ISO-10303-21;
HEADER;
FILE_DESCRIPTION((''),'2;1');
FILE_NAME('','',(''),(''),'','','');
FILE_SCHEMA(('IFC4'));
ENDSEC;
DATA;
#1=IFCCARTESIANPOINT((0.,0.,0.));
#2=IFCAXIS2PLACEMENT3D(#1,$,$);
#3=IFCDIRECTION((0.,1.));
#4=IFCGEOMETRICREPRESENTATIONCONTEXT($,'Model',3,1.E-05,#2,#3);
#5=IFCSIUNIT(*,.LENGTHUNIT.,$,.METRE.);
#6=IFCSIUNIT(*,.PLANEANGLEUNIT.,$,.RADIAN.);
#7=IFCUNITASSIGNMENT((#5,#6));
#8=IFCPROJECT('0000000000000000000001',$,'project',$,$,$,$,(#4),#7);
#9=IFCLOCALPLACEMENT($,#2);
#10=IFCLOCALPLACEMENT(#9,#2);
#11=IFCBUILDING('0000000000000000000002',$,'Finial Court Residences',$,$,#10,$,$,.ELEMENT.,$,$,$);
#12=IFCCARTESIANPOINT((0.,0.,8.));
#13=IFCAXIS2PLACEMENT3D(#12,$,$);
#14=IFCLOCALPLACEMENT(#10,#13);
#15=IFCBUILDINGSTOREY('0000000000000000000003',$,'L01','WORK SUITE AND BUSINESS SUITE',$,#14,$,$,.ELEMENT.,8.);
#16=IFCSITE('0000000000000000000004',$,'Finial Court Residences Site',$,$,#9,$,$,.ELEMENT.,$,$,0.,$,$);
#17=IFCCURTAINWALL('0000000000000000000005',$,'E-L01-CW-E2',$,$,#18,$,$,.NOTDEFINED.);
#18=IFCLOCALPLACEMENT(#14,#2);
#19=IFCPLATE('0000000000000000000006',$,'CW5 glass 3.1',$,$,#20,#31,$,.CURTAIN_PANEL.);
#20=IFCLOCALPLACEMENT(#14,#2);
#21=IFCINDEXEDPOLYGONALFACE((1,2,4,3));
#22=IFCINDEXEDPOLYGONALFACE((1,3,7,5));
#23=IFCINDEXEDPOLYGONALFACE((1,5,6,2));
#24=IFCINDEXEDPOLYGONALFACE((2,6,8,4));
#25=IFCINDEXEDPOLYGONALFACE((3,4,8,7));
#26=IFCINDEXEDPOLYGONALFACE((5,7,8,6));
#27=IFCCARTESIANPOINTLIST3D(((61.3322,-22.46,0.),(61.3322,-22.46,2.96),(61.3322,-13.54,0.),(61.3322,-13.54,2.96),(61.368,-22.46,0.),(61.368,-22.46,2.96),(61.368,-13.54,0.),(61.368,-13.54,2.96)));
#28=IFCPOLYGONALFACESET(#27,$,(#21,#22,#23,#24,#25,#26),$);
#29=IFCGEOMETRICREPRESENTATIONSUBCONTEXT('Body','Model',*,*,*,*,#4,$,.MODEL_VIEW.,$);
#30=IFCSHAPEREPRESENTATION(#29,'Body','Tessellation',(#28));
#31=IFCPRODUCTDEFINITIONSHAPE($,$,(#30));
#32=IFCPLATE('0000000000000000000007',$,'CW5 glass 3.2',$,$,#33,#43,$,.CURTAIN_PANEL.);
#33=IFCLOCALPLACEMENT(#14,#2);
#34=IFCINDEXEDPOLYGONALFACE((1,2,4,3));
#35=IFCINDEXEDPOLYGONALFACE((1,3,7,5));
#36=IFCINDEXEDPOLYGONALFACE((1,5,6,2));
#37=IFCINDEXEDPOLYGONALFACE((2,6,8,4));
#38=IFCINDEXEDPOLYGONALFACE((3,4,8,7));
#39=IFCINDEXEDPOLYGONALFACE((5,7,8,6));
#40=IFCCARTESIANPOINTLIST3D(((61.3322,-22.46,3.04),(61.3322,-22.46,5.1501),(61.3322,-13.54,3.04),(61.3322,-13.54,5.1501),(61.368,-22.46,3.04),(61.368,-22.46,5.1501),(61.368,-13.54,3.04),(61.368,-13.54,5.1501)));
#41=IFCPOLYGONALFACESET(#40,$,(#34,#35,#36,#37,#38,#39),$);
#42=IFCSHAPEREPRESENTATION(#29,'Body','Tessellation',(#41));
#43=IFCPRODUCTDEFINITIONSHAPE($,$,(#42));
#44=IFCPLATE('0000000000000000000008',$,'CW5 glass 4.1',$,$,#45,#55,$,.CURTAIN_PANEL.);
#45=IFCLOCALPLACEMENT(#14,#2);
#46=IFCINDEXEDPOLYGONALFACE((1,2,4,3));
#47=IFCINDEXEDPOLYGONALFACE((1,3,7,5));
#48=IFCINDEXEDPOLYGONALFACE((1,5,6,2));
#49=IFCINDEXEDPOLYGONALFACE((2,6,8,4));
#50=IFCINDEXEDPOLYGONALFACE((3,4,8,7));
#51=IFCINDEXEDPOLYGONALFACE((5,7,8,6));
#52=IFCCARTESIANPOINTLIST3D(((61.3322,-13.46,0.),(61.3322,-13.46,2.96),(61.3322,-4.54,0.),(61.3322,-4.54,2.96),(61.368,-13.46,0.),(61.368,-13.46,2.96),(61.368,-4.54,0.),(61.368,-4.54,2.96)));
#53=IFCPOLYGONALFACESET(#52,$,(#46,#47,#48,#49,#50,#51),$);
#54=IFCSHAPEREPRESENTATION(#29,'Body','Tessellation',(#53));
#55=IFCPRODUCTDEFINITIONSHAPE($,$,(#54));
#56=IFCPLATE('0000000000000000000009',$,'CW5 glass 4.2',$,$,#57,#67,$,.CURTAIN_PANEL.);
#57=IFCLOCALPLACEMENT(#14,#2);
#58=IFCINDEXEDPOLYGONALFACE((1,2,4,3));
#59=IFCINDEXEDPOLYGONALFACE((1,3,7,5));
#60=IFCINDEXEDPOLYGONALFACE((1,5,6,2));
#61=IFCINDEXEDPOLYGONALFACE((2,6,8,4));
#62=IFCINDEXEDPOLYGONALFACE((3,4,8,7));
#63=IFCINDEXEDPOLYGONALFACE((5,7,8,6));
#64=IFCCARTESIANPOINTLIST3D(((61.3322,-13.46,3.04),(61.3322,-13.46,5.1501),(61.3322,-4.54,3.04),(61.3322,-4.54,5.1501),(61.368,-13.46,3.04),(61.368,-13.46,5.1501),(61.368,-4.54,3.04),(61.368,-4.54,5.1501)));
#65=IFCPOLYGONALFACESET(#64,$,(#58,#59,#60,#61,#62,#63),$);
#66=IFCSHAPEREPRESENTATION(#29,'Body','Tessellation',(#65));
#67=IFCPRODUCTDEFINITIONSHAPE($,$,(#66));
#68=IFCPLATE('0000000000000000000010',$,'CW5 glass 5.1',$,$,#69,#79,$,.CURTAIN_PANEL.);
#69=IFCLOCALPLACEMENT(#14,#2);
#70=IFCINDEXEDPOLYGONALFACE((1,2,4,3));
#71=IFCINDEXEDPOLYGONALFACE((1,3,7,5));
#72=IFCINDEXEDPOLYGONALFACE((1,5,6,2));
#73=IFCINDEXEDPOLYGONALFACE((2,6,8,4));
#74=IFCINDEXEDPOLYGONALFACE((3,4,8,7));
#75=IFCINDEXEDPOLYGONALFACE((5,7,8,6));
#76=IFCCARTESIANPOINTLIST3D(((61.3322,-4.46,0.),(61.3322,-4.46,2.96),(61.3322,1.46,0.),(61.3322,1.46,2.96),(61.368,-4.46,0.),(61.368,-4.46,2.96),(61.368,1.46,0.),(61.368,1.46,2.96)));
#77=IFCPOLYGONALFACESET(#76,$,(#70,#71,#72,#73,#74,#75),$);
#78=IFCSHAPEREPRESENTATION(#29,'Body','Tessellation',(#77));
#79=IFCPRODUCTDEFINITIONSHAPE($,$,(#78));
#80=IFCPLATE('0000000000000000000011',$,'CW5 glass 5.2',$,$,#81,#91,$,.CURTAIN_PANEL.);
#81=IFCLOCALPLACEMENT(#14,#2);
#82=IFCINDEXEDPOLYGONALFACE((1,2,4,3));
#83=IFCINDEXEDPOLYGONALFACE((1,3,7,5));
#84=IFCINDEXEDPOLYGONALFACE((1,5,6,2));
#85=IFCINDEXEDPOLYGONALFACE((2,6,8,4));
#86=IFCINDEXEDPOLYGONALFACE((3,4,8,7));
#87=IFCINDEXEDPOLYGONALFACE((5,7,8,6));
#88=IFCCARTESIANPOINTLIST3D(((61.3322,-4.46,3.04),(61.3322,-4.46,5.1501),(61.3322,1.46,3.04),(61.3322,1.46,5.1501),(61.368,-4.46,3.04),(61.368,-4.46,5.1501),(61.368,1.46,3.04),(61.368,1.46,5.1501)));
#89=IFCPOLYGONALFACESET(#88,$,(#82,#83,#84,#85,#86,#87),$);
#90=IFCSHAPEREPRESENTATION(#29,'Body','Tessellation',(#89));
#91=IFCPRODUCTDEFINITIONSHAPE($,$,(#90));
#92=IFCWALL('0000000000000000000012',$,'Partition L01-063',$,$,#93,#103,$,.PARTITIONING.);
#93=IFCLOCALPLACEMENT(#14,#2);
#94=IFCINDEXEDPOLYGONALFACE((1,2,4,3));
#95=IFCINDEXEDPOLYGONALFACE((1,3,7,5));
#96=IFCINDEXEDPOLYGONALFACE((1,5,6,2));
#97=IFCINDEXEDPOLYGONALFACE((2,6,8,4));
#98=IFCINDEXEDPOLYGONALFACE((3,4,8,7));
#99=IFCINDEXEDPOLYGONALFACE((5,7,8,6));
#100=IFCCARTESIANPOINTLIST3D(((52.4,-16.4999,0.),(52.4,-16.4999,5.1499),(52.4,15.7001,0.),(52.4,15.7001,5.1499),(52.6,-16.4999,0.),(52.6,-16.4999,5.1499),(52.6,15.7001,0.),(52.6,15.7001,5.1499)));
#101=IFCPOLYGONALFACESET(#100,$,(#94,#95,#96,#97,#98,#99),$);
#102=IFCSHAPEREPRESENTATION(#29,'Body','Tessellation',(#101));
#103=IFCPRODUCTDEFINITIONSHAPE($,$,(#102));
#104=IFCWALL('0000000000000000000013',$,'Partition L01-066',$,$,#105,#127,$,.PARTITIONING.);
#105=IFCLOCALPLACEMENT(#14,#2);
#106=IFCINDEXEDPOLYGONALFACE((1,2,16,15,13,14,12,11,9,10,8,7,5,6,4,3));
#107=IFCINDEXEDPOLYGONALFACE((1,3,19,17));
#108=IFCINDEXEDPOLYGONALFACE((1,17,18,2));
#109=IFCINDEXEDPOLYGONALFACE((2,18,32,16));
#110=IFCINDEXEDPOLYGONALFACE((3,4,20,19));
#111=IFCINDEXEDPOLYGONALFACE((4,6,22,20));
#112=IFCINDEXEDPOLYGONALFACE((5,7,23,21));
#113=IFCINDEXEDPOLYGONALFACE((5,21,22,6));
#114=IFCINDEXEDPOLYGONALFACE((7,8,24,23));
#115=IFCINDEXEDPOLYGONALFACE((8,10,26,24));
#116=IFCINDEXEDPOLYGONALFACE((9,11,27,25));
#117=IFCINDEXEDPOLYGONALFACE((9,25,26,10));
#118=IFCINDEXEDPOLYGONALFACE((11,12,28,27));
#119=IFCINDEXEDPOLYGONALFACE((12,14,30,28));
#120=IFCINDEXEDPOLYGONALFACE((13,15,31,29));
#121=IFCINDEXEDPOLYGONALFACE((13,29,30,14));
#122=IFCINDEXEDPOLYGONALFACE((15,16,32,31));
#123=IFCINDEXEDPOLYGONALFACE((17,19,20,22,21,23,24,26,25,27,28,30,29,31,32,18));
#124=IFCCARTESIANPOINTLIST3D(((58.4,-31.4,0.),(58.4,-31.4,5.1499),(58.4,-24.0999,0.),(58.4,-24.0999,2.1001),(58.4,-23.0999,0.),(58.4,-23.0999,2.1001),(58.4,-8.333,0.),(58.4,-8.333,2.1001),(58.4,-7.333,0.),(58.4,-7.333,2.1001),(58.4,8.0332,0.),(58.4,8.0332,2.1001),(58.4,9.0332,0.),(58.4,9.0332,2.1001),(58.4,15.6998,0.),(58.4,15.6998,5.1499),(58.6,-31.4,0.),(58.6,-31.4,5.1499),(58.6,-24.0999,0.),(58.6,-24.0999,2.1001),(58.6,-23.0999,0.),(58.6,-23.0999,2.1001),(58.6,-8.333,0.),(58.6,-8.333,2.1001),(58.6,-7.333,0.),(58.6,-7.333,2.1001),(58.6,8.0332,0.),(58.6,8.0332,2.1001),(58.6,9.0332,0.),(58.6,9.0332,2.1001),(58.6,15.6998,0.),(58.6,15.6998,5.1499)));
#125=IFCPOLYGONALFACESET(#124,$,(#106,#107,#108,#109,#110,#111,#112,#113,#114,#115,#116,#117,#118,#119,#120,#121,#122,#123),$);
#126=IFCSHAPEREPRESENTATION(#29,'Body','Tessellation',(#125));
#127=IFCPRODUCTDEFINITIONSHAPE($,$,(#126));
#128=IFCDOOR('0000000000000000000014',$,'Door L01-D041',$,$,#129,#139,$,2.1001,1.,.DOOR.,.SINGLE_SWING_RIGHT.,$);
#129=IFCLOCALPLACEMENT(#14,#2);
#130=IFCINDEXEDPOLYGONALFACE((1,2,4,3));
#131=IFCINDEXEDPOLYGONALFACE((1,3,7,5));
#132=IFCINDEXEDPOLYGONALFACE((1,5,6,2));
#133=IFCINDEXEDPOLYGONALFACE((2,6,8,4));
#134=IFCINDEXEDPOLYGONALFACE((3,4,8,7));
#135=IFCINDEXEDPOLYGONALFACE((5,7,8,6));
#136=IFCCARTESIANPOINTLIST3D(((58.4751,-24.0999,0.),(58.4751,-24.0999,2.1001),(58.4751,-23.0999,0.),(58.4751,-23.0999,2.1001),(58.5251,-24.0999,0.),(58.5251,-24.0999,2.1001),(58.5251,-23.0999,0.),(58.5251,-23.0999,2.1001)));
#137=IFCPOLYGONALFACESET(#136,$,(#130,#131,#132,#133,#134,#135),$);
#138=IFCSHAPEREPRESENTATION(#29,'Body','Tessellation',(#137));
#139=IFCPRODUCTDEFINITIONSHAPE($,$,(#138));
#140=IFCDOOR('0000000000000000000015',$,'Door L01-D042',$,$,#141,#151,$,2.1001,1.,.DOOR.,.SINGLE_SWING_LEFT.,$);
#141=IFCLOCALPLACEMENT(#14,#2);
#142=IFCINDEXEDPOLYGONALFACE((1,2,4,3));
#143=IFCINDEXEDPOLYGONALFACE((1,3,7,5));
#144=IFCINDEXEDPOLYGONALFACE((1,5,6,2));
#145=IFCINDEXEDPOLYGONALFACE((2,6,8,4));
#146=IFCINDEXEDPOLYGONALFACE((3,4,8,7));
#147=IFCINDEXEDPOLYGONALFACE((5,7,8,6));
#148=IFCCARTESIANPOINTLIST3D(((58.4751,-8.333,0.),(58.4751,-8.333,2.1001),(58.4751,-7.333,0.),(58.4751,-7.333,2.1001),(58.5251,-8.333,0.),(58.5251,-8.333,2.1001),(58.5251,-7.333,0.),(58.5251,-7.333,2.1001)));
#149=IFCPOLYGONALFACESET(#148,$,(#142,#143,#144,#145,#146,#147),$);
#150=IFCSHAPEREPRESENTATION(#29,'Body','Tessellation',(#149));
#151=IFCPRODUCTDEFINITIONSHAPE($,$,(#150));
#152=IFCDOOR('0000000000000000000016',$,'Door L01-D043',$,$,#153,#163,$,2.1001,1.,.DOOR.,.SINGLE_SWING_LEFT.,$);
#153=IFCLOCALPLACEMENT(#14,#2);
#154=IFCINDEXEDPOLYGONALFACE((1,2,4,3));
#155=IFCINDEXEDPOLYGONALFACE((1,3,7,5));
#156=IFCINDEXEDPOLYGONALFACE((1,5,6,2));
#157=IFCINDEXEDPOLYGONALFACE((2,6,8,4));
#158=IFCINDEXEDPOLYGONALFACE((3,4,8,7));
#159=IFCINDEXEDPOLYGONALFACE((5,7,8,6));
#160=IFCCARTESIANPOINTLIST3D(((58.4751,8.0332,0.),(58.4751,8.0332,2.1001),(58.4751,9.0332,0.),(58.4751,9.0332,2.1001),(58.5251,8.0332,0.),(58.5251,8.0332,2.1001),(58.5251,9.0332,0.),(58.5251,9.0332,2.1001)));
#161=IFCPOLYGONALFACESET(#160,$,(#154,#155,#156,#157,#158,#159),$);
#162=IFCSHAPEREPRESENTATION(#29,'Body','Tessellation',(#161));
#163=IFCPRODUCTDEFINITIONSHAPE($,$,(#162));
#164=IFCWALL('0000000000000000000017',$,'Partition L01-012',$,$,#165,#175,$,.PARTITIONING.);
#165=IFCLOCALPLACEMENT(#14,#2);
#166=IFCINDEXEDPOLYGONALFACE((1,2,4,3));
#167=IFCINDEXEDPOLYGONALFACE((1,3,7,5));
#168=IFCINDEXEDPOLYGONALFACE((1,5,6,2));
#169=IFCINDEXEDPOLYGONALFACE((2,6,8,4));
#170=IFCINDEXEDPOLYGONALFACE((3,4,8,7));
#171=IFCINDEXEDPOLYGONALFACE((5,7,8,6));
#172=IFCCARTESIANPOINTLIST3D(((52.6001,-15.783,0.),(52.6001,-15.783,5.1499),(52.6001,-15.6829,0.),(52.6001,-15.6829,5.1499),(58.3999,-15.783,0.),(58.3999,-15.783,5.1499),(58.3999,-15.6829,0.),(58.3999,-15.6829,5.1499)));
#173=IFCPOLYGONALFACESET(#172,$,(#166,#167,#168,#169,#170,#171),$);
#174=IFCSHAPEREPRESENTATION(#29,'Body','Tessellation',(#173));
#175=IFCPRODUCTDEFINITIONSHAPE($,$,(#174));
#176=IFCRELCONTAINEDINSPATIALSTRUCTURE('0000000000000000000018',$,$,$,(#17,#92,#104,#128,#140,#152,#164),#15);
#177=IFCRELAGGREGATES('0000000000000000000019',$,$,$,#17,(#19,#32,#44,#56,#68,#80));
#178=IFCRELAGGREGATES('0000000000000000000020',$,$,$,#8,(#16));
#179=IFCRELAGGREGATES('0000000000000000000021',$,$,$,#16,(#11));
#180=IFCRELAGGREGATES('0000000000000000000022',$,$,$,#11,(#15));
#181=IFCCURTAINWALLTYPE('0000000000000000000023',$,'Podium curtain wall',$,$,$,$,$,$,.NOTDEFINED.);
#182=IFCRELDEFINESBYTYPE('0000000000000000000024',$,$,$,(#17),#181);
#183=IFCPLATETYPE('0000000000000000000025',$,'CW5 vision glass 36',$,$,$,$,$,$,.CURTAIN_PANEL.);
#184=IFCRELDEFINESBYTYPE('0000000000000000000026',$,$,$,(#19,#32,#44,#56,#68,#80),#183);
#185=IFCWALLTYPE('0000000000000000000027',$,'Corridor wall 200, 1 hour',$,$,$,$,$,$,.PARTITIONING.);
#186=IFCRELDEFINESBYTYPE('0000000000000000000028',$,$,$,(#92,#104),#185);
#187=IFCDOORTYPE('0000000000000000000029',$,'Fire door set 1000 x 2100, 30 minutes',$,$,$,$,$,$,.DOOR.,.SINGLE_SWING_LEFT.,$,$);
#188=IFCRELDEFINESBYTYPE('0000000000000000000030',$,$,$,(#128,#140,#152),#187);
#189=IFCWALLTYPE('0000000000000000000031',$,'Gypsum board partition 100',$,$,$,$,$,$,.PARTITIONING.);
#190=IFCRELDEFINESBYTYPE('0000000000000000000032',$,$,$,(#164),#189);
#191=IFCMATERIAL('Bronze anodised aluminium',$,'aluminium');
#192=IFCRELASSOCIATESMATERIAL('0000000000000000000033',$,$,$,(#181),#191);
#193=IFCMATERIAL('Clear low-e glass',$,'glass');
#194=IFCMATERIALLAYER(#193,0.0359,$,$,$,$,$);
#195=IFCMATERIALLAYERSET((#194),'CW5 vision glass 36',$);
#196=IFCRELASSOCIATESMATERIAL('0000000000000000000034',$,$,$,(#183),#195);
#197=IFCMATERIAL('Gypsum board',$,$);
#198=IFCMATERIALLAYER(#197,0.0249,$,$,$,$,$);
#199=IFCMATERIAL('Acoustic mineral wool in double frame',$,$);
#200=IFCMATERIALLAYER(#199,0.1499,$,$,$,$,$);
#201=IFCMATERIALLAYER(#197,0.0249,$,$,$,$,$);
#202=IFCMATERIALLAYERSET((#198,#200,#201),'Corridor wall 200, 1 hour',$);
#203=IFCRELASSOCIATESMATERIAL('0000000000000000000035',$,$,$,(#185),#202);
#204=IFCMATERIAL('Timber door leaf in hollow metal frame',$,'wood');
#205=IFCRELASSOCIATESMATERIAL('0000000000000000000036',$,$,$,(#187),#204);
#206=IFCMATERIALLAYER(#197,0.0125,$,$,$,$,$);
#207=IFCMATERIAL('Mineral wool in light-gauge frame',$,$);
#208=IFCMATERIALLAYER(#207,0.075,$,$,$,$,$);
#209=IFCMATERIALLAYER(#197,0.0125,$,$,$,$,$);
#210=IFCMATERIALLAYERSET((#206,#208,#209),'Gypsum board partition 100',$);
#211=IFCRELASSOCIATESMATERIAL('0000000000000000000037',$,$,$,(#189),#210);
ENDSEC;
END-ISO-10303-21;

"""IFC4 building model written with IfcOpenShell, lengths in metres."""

from ifc_helpers import new_model, si_unit, direction, frame, frame_2d, origin, origin_2d, place, context, subcontext, project, spatial, rectangle, extrude, material, layer, layer_set, type_object, element, fill, aggregate, save


model = new_model("IFC4")

# Units and contexts
model_context = context("Model", 3, precision=1e-05, world=origin(), true_north=direction((0.0, 1.0)))
body_context = subcontext(model_context, "Body", "Model", "MODEL_VIEW")
ifc_project = project(units=[si_unit("LENGTHUNIT", "METRE"), si_unit("PLANEANGLEUNIT", "RADIAN")], contexts=[model_context])

# Site, building, storey
site_placement = place(None, origin())
site = spatial("IfcSite", under=ifc_project, at=site_placement, Name="Finial Court Residences Site", CompositionType="ELEMENT", RefElevation=0.0)
building_placement = place(site_placement, origin())
building = spatial("IfcBuilding", under=site, at=building_placement, Name="Finial Court Residences", CompositionType="ELEMENT")
storey_placement = place(building_placement, frame((0.0, 0.0, 8.0)))
storey = spatial("IfcBuildingStorey", under=building, at=storey_placement, Name="L01", Description="WORK SUITE AND BUSINESS SUITE", CompositionType="ELEMENT", Elevation=8.0)

# Curtain wall, plates
ifc_material_1 = material(Name="Bronze anodised aluminium", Category="aluminium")
curtain_wall_type = type_object("IfcCurtainWallType", Name="Podium curtain wall", PredefinedType="NOTDEFINED", material=ifc_material_1)
curtain_wall_placement = place(storey_placement, origin())
curtain_wall = element("IfcCurtainWall", 1, at=curtain_wall_placement, inside=storey, type_object=curtain_wall_type, Name="E-L01-CW-E2", PredefinedType="NOTDEFINED")
ifc_material_2 = material(Name="Clear low-e glass", Category="glass")
ifc_layer_1 = layer(ifc_material_2, 0.0359)
ifc_layer_set_1 = layer_set([ifc_layer_1], Name="CW5 vision glass 36")
plate_type = type_object("IfcPlateType", Name="CW5 vision glass 36", PredefinedType="CURTAIN_PANEL", material=ifc_layer_set_1)
plate_1_placement = place(storey_placement, frame((61.3501, -18.0, 0.0), z_axis=(0.0, 0.0, 1.0), x_axis=(0.0, 1.0, 0.0)))
plate_1 = element("IfcPlate", 2, at=plate_1_placement, type_object=plate_type, Name="CW5 glass 3.1", PredefinedType="CURTAIN_PANEL", context=body_context, shape_type="SweptSolid", body=[
    extrude(rectangle(XDim=8.9199, YDim=0.0359, at=origin_2d()), origin(), (0.0, 0.0, 1.0), 2.96),
])
plate_2_placement = place(storey_placement, frame((61.3501, -18.0, 3.04), z_axis=(0.0, 0.0, 1.0), x_axis=(0.0, 1.0, 0.0)))
plate_2 = element("IfcPlate", 3, at=plate_2_placement, type_object=plate_type, Name="CW5 glass 3.2", PredefinedType="CURTAIN_PANEL", context=body_context, shape_type="SweptSolid", body=[
    extrude(rectangle(XDim=8.9199, YDim=0.0359, at=origin_2d()), origin(), (0.0, 0.0, 1.0), 2.1101),
])
plate_3_placement = place(storey_placement, frame((61.3501, -9.0, 0.0), z_axis=(0.0, 0.0, 1.0), x_axis=(0.0, 1.0, 0.0)))
plate_3 = element("IfcPlate", 4, at=plate_3_placement, type_object=plate_type, Name="CW5 glass 4.1", PredefinedType="CURTAIN_PANEL", context=body_context, shape_type="SweptSolid", body=[
    extrude(rectangle(XDim=8.9199, YDim=0.0359, at=origin_2d()), origin(), (0.0, 0.0, 1.0), 2.96),
])
plate_4_placement = place(storey_placement, frame((61.3501, -9.0, 3.04), z_axis=(0.0, 0.0, 1.0), x_axis=(0.0, 1.0, 0.0)))
plate_4 = element("IfcPlate", 5, at=plate_4_placement, type_object=plate_type, Name="CW5 glass 4.2", PredefinedType="CURTAIN_PANEL", context=body_context, shape_type="SweptSolid", body=[
    extrude(rectangle(XDim=8.9199, YDim=0.0359, at=origin_2d()), origin(), (0.0, 0.0, 1.0), 2.1101),
])
plate_5_placement = place(storey_placement, frame((61.3501, -1.5, 0.0), z_axis=(0.0, 0.0, 1.0), x_axis=(0.0, 1.0, 0.0)))
plate_5 = element("IfcPlate", 6, at=plate_5_placement, type_object=plate_type, Name="CW5 glass 5.1", PredefinedType="CURTAIN_PANEL", context=body_context, shape_type="SweptSolid", body=[
    extrude(rectangle(XDim=5.9199, YDim=0.0359, at=origin_2d()), origin(), (0.0, 0.0, 1.0), 2.96),
])
plate_6_placement = place(storey_placement, frame((61.3501, -1.5, 3.04), z_axis=(0.0, 0.0, 1.0), x_axis=(0.0, 1.0, 0.0)))
plate_6 = element("IfcPlate", 7, at=plate_6_placement, type_object=plate_type, Name="CW5 glass 5.2", PredefinedType="CURTAIN_PANEL", context=body_context, shape_type="SweptSolid", body=[
    extrude(rectangle(XDim=5.9199, YDim=0.0359, at=origin_2d()), origin(), (0.0, 0.0, 1.0), 2.1101),
])
aggregate(curtain_wall, [plate_1, plate_2, plate_3, plate_4, plate_5, plate_6])

# Wall
ifc_material_3 = material(Name="Gypsum board")
ifc_layer_2 = layer(ifc_material_3, 0.0249)
ifc_material_4 = material(Name="Acoustic mineral wool in double frame")
ifc_layer_3 = layer(ifc_material_4, 0.1499)
ifc_layer_4 = layer(ifc_material_3, 0.0249)
ifc_layer_set_2 = layer_set([ifc_layer_2, ifc_layer_3, ifc_layer_4], Name="Corridor wall 200, 1 hour")
wall_type_1 = type_object("IfcWallType", Name="Corridor wall 200, 1 hour", PredefinedType="PARTITIONING", material=ifc_layer_set_2)
wall_1_placement = place(storey_placement, frame((52.5, -16.5, 0.0), z_axis=(0.0, 0.0, 1.0), x_axis=(0.0, 1.0, 0.0)))
element("IfcWall", 8, at=wall_1_placement, inside=storey, type_object=wall_type_1, Name="Partition L01-063", PredefinedType="PARTITIONING", context=body_context, shape_type="SweptSolid", body=[
    extrude(rectangle(XDim=32.2, YDim=0.2, at=frame_2d((16.1001, 0.0))), origin(), (0.0, 0.0, 1.0), 5.1499),
])

# Wall, openings, doors
wall_2_placement = place(storey_placement, frame((58.5, -31.3999, 0.0), z_axis=(0.0, 0.0, 1.0), x_axis=(0.0, 1.0, 0.0)))
wall_2 = element("IfcWall", 9, at=wall_2_placement, inside=storey, type_object=wall_type_1, Name="Partition L01-066", PredefinedType="PARTITIONING", context=body_context, shape_type="SweptSolid", body=[
    extrude(rectangle(XDim=47.0999, YDim=0.2, at=frame_2d((23.5498, 0.0))), origin(), (0.0, 0.0, 1.0), 5.1499),
])
opening_1_placement = place(wall_2_placement, frame((7.3, 0.0, 0.0)))
opening_1 = element("IfcOpeningElement", 10, at=opening_1_placement, cuts=wall_2, PredefinedType="OPENING", context=body_context, shape_type="SweptSolid", body=[
    extrude(rectangle(XDim=1.0, YDim=2.1001, at=frame_2d((0.5, 1.05))), frame((0.0, 0.1099, 0.0), z_axis=(0.0, -1.0, 0.0), x_axis=(1.0, 0.0, 0.0)), (0.0, 0.0, 1.0), 0.22),
])
opening_2_placement = place(wall_2_placement, frame((23.0669, 0.0, 0.0)))
opening_2 = element("IfcOpeningElement", 11, at=opening_2_placement, cuts=wall_2, PredefinedType="OPENING", context=body_context, shape_type="SweptSolid", body=[
    extrude(rectangle(XDim=1.0, YDim=2.1001, at=frame_2d((0.5, 1.05))), frame((0.0, 0.1099, 0.0), z_axis=(0.0, -1.0, 0.0), x_axis=(1.0, 0.0, 0.0)), (0.0, 0.0, 1.0), 0.22),
])
opening_3_placement = place(wall_2_placement, frame((39.4331, 0.0, 0.0)))
opening_3 = element("IfcOpeningElement", 12, at=opening_3_placement, cuts=wall_2, PredefinedType="OPENING", context=body_context, shape_type="SweptSolid", body=[
    extrude(rectangle(XDim=1.0, YDim=2.1001, at=frame_2d((0.5, 1.05))), frame((0.0, 0.1099, 0.0), z_axis=(0.0, -1.0, 0.0), x_axis=(1.0, 0.0, 0.0)), (0.0, 0.0, 1.0), 0.22),
])
ifc_material_5 = material(Name="Timber door leaf in hollow metal frame", Category="wood")
door_type = type_object("IfcDoorType", Name="Fire door set 1000 x 2100, 30 minutes", OperationType="SINGLE_SWING_LEFT", PredefinedType="DOOR", material=ifc_material_5)
door_1_placement = place(opening_1_placement, origin())
door_1 = element("IfcDoor", 13, at=door_1_placement, inside=storey, type_object=door_type, Name="Door L01-D041", OperationType="SINGLE_SWING_RIGHT", OverallHeight=2.1001, OverallWidth=1.0, PredefinedType="DOOR", context=body_context, shape_type="SweptSolid", body=[
    extrude(rectangle(XDim=1.0, YDim=2.1001, at=frame_2d((0.5, 1.05))), frame((0.0, 0.0249, 0.0), z_axis=(0.0, -1.0, 0.0), x_axis=(1.0, 0.0, 0.0)), (0.0, 0.0, 1.0), 0.05),
])
fill(opening_1, door_1)
door_2_placement = place(opening_2_placement, origin())
door_2 = element("IfcDoor", 14, at=door_2_placement, inside=storey, type_object=door_type, Name="Door L01-D042", OperationType="SINGLE_SWING_LEFT", OverallHeight=2.1001, OverallWidth=1.0, PredefinedType="DOOR", context=body_context, shape_type="SweptSolid", body=[
    extrude(rectangle(XDim=1.0, YDim=2.1001, at=frame_2d((0.5, 1.05))), frame((0.0, 0.0249, 0.0), z_axis=(0.0, -1.0, 0.0), x_axis=(1.0, 0.0, 0.0)), (0.0, 0.0, 1.0), 0.05),
])
fill(opening_2, door_2)
door_3_placement = place(opening_3_placement, origin())
door_3 = element("IfcDoor", 15, at=door_3_placement, inside=storey, type_object=door_type, Name="Door L01-D043", OperationType="SINGLE_SWING_LEFT", OverallHeight=2.1001, OverallWidth=1.0, PredefinedType="DOOR", context=body_context, shape_type="SweptSolid", body=[
    extrude(rectangle(XDim=1.0, YDim=2.1001, at=frame_2d((0.5, 1.05))), frame((0.0, 0.0249, 0.0), z_axis=(0.0, -1.0, 0.0), x_axis=(1.0, 0.0, 0.0)), (0.0, 0.0, 1.0), 0.05),
])
fill(opening_3, door_3)

# Wall
ifc_layer_5 = layer(ifc_material_3, 0.0125)
ifc_material_6 = material(Name="Mineral wool in light-gauge frame")
ifc_layer_6 = layer(ifc_material_6, 0.075)
ifc_layer_7 = layer(ifc_material_3, 0.0125)
ifc_layer_set_3 = layer_set([ifc_layer_5, ifc_layer_6, ifc_layer_7], Name="Gypsum board partition 100")
wall_type_2 = type_object("IfcWallType", Name="Gypsum board partition 100", PredefinedType="PARTITIONING", material=ifc_layer_set_3)
for number, where, z_axis, x_axis, name in (
    (16, (52.6001, -15.7329, 0.0), (0.0, 0.0, 1.0), (1.0, 0.0, 0.0), "Partition L01-012"),
):
    element("IfcWall", number, at=place(storey_placement, frame(where, z_axis=z_axis, x_axis=x_axis)), inside=storey, type_object=wall_type_2, Name=name, PredefinedType="PARTITIONING", context=body_context, shape_type="SweptSolid", body=[
        extrude(rectangle(XDim=5.7998, YDim=0.1001, at=frame_2d((2.8999, 0.0))), origin(), (0.0, 0.0, 1.0), 5.1499),
    ])

save(model, "model.ifc")
